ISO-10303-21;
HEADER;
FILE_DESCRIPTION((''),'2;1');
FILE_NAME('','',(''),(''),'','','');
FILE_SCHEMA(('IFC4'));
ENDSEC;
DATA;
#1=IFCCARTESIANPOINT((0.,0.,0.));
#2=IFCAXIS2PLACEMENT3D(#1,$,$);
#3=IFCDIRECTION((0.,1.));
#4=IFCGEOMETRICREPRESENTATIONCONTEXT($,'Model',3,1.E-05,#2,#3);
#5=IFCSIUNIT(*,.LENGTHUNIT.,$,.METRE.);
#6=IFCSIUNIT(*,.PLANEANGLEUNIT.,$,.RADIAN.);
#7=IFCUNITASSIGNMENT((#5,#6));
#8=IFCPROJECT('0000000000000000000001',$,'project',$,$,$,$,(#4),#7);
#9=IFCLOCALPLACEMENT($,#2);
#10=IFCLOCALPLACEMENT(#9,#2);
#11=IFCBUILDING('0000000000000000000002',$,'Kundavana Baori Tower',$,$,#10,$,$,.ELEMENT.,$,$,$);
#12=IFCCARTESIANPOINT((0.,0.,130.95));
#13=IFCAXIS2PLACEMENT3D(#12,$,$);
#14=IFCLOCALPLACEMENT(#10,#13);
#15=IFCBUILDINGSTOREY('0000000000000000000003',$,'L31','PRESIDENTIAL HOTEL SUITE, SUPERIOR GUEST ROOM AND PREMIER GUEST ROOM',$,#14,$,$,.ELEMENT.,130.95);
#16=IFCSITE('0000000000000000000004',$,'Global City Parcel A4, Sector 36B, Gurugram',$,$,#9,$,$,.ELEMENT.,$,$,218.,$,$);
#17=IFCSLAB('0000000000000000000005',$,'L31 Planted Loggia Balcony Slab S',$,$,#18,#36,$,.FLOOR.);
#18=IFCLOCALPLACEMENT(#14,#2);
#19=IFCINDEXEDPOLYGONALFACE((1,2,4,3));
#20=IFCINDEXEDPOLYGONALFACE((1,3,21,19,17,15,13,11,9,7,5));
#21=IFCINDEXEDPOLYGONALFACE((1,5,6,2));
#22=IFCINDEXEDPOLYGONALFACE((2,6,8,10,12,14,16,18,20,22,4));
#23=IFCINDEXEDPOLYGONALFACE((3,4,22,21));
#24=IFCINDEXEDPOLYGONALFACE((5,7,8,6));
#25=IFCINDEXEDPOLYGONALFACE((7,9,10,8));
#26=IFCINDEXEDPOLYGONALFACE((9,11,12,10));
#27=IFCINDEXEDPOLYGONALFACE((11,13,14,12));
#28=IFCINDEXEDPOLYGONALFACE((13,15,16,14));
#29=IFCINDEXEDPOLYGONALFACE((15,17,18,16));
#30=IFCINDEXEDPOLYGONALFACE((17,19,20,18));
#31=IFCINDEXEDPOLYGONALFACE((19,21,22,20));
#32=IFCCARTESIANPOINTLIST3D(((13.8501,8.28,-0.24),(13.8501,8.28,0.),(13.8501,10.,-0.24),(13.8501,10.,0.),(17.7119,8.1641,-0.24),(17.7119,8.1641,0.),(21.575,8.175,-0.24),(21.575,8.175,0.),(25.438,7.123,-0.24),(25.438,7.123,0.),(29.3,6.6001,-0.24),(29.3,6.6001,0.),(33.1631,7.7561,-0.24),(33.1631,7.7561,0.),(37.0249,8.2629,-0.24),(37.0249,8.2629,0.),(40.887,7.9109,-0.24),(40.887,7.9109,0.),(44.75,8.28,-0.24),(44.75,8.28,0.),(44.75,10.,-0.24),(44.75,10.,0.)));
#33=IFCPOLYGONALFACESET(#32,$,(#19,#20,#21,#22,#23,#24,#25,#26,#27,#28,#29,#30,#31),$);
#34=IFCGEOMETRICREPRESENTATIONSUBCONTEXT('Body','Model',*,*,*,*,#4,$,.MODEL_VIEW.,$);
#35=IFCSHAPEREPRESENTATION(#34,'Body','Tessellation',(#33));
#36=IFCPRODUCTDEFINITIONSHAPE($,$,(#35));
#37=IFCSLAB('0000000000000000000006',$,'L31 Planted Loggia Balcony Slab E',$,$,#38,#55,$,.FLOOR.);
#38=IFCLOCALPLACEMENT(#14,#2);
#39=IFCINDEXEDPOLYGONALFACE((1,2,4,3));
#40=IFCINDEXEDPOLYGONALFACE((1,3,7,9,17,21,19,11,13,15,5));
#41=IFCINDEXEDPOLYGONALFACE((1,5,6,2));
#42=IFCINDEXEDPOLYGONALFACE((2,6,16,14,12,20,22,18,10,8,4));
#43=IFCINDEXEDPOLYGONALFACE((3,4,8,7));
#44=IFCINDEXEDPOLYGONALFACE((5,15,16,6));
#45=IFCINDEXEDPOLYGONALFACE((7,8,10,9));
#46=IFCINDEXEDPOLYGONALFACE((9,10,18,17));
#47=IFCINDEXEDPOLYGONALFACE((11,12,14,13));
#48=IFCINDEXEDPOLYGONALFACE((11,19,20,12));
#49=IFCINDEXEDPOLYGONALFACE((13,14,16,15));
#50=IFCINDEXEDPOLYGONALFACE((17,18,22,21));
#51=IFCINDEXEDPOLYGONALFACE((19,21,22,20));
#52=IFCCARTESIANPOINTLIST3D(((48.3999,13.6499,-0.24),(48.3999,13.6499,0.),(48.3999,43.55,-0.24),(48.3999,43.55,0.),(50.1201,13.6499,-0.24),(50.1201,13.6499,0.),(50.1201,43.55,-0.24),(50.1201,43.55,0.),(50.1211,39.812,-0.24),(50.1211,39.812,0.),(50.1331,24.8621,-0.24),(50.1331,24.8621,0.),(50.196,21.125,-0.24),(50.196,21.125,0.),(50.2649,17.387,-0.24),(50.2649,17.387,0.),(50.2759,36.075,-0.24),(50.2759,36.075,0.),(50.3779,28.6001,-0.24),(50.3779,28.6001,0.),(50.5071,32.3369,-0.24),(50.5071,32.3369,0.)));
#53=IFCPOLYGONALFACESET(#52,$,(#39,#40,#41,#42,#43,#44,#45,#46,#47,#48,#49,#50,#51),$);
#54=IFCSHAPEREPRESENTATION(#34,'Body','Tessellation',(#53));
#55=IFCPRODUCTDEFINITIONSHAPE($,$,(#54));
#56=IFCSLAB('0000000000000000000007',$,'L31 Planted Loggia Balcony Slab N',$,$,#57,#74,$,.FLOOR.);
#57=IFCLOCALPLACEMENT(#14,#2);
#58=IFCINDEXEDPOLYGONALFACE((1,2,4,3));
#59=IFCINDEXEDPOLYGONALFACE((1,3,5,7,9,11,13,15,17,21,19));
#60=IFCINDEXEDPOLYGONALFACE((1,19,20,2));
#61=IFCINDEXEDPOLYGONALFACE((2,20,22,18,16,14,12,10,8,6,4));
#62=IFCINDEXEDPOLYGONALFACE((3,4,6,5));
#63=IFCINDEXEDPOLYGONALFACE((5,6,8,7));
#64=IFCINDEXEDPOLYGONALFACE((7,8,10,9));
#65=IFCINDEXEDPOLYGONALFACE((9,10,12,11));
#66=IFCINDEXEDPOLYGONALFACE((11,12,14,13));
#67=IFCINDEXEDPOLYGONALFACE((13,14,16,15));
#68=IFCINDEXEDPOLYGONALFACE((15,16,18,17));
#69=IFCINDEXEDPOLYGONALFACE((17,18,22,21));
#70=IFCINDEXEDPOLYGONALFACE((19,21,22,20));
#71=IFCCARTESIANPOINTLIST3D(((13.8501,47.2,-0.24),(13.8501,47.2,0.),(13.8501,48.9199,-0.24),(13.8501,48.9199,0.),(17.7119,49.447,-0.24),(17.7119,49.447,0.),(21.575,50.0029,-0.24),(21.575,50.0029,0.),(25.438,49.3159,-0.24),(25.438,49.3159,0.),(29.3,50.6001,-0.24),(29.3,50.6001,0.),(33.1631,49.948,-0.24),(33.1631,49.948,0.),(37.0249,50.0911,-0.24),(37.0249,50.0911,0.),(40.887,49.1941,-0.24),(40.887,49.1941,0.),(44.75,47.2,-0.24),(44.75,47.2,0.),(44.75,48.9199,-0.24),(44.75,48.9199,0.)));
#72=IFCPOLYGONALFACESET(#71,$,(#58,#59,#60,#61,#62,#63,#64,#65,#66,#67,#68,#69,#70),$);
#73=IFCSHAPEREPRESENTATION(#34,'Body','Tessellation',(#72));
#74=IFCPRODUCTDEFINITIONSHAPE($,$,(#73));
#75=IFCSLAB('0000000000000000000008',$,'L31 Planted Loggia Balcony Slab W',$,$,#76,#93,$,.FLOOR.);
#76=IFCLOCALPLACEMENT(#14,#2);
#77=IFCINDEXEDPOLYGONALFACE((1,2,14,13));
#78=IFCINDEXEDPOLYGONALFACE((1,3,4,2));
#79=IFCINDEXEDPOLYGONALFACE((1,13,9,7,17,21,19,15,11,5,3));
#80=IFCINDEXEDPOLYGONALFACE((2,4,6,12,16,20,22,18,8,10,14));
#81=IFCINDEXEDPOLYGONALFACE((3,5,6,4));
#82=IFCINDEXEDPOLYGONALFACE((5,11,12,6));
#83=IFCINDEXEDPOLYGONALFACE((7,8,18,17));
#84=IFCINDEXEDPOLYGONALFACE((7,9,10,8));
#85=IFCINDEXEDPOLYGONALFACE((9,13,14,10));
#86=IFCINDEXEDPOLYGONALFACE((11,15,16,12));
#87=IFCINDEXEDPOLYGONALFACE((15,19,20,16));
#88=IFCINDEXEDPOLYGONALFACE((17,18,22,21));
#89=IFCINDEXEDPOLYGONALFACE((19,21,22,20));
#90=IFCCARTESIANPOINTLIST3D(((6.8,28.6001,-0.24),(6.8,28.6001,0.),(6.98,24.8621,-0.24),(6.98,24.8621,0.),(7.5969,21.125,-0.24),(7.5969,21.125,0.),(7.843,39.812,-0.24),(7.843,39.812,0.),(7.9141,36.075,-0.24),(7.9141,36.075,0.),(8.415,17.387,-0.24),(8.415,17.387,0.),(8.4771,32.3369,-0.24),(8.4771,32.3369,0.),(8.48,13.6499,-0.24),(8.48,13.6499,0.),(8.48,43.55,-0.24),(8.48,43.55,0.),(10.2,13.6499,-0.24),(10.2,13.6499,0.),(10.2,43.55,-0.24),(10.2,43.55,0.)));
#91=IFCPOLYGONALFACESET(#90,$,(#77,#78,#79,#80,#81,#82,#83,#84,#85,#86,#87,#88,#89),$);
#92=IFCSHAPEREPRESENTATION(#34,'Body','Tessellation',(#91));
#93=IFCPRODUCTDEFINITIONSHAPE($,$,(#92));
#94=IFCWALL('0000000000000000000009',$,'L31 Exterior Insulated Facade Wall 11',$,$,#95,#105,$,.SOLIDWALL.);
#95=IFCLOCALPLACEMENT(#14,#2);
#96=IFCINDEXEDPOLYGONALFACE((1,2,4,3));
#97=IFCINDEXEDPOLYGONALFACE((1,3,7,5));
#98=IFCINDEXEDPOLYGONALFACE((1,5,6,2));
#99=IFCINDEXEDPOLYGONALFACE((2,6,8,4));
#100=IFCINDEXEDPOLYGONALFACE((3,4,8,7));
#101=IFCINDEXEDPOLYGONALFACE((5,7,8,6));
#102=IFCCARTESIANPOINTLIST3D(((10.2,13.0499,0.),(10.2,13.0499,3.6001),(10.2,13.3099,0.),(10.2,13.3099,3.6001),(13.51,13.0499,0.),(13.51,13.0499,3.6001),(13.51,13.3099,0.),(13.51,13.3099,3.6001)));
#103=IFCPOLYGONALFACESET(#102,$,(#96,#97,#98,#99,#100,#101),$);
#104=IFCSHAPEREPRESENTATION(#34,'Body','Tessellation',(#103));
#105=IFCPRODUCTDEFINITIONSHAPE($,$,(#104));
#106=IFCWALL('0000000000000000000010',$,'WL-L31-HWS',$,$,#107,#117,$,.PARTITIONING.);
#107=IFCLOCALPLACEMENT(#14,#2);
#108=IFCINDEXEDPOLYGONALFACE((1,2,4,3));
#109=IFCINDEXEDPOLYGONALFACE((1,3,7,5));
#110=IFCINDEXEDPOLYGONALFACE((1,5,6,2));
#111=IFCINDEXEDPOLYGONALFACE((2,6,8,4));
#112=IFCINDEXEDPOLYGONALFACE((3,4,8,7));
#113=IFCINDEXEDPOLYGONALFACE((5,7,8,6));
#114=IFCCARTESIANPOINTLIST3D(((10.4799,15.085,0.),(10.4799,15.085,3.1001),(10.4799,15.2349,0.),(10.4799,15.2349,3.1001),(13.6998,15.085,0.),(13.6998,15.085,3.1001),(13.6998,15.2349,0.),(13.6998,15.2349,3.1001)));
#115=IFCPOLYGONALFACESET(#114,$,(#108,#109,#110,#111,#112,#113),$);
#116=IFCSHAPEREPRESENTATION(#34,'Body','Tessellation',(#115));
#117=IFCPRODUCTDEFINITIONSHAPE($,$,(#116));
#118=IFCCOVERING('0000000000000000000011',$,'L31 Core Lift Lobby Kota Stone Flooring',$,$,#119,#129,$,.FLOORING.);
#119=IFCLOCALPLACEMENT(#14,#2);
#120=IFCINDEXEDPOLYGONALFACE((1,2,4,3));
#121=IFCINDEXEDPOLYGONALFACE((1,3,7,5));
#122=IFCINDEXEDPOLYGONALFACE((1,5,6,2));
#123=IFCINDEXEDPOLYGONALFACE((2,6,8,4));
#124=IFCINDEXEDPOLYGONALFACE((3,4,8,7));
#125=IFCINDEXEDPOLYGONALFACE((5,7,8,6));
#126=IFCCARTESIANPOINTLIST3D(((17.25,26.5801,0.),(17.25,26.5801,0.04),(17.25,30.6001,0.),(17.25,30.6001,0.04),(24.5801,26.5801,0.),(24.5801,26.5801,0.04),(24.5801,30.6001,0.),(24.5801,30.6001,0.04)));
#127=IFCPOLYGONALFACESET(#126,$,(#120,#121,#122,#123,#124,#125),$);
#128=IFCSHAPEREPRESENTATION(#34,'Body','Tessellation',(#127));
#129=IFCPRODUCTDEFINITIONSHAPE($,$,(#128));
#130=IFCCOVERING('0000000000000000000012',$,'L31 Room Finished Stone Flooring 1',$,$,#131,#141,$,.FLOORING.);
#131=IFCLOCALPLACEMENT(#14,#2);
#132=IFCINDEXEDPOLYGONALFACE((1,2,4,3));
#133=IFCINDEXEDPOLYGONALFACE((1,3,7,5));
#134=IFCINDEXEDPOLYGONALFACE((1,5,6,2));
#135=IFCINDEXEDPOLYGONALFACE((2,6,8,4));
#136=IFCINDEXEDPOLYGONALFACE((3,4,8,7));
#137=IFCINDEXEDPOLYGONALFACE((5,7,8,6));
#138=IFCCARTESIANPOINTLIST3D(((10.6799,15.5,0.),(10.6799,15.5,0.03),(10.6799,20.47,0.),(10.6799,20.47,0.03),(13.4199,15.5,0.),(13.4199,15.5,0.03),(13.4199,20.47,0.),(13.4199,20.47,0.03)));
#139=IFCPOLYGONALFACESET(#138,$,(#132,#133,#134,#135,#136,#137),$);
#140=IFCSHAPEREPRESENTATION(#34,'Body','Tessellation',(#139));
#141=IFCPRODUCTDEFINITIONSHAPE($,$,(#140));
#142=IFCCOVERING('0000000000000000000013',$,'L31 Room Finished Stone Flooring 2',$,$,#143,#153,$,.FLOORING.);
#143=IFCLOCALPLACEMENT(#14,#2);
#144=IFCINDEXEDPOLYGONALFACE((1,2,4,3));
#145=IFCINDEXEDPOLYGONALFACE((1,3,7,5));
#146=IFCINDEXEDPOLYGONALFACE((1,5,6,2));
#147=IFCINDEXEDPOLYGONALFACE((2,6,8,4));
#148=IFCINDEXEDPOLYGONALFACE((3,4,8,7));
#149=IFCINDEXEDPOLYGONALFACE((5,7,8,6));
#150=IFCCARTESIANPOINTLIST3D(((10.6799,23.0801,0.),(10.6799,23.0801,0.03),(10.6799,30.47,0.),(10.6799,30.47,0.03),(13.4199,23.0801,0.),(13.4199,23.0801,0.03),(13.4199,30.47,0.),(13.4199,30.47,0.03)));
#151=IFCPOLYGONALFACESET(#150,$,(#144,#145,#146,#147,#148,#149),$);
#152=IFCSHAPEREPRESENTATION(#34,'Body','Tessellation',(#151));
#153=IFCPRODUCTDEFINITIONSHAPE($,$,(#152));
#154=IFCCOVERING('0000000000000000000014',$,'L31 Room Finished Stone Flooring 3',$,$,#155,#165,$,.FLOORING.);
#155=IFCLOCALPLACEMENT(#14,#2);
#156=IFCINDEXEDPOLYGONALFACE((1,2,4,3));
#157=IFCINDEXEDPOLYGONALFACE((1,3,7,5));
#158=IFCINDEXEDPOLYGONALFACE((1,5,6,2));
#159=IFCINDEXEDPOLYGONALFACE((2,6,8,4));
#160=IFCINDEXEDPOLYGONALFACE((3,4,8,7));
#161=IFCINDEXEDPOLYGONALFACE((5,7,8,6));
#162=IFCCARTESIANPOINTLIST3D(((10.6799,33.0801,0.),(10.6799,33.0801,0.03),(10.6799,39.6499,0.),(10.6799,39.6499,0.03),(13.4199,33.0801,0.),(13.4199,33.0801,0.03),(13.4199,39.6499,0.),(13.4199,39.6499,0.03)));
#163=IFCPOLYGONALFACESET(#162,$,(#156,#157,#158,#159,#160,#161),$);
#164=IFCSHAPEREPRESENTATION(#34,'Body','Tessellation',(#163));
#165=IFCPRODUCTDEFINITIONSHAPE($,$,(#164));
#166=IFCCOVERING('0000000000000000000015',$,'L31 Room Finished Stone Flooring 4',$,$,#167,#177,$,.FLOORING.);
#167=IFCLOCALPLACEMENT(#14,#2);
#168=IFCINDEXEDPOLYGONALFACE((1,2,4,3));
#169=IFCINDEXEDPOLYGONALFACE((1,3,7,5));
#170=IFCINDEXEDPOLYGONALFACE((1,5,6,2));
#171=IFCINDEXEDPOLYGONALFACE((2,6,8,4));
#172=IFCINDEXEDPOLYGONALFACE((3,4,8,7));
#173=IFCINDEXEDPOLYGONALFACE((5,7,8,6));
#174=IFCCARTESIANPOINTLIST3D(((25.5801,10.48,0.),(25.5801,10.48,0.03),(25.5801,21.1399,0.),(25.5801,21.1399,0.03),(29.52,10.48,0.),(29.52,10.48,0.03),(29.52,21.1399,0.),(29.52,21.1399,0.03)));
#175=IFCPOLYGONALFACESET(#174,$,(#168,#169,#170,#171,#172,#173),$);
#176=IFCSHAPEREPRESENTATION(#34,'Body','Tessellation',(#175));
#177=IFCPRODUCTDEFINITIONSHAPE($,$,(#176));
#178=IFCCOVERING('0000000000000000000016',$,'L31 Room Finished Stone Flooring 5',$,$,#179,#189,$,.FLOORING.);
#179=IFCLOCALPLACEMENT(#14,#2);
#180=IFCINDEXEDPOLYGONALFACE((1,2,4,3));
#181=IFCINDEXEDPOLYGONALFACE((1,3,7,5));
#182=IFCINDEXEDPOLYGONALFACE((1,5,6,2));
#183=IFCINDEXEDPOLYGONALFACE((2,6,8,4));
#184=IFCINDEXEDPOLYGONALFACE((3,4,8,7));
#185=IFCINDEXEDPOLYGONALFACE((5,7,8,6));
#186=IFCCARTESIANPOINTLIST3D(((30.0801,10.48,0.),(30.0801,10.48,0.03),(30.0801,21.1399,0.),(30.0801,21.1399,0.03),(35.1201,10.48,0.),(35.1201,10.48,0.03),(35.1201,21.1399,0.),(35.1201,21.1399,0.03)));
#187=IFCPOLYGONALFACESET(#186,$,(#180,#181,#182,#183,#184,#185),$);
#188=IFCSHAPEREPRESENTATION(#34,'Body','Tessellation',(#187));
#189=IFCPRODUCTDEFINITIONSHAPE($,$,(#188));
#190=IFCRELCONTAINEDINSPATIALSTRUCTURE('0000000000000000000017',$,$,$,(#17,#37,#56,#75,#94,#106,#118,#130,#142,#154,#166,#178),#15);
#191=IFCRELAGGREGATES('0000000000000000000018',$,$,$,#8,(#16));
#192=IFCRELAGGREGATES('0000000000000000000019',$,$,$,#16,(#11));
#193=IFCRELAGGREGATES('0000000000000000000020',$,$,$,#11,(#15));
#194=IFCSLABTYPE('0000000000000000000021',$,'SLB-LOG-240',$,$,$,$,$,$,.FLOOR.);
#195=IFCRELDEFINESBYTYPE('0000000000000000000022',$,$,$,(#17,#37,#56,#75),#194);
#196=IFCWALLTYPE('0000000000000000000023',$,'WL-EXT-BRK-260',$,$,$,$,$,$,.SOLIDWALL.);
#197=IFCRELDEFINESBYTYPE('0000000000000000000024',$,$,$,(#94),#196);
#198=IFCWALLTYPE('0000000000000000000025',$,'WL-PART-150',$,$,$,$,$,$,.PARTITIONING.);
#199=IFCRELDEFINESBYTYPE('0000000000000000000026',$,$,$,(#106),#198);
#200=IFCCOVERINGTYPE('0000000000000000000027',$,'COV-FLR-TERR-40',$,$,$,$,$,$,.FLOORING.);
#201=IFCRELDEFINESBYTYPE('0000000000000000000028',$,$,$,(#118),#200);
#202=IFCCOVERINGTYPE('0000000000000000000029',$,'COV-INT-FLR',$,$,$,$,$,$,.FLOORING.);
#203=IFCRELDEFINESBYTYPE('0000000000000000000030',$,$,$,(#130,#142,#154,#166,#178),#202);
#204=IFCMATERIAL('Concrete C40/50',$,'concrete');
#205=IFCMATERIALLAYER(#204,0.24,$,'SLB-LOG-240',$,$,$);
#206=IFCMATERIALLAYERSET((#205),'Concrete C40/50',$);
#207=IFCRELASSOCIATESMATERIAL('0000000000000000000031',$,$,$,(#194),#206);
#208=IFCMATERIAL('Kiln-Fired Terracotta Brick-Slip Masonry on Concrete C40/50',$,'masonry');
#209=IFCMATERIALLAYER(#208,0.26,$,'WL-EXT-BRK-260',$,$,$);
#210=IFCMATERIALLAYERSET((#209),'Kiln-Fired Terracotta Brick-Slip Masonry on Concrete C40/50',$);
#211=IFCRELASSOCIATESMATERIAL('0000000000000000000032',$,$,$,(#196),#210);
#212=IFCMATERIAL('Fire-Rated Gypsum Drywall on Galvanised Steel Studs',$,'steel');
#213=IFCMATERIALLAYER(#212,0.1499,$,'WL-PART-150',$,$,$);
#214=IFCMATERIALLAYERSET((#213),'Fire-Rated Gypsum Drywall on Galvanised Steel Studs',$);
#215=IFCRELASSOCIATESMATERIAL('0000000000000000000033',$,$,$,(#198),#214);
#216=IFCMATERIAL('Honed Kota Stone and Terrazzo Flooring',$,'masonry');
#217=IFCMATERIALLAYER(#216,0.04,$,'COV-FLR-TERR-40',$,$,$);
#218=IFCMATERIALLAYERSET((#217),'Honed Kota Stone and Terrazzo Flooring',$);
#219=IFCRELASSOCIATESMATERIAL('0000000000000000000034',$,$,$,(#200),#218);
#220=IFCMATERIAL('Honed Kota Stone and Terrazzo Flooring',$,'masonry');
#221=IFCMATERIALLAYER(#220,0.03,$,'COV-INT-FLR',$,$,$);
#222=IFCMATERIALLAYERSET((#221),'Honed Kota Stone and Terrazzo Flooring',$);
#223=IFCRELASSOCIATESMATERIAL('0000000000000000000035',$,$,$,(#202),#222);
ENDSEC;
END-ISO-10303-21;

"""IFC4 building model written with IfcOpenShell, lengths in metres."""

from ifc_helpers import new_model, si_unit, direction, frame, frame_2d, origin, place, context, subcontext, project, spatial, polyline, rectangle, outline, extrude, material, layer, layer_set, type_object, element, save


model = new_model("IFC4")

# Units and contexts
model_context = context("Model", 3, precision=1e-05, world=origin(), true_north=direction((0.0, 1.0)))
body_context = subcontext(model_context, "Body", "Model", "MODEL_VIEW")
ifc_project = project(units=[si_unit("LENGTHUNIT", "METRE"), si_unit("PLANEANGLEUNIT", "RADIAN")], contexts=[model_context])

# Site, building, storey
site_placement = place(None, origin())
site = spatial("IfcSite", under=ifc_project, at=site_placement, Name="Global City Parcel A4, Sector 36B, Gurugram", CompositionType="ELEMENT", RefElevation=218.0)
building_placement = place(site_placement, origin())
building = spatial("IfcBuilding", under=site, at=building_placement, Name="Kundavana Baori Tower", CompositionType="ELEMENT")
storey_placement = place(building_placement, frame((0.0, 0.0, 130.95)))
storey = spatial("IfcBuildingStorey", under=building, at=storey_placement, Name="L31", Description="PRESIDENTIAL HOTEL SUITE, SUPERIOR GUEST ROOM AND PREMIER GUEST ROOM", CompositionType="ELEMENT", Elevation=130.95)

# Slabs
ifc_material_1 = material(Name="Concrete C40/50", Category="concrete")
ifc_layer_1 = layer(ifc_material_1, 0.24, Name="SLB-LOG-240")
ifc_layer_set_1 = layer_set([ifc_layer_1], Name="Concrete C40/50")
slab_type_1 = type_object("IfcSlabType", Name="SLB-LOG-240", PredefinedType="FLOOR", material=ifc_layer_set_1)
slab_1_placement = place(storey_placement, frame((0.0, 0.0, -0.24)))
element("IfcSlab", 1, at=slab_1_placement, inside=storey, type_object=slab_type_1, Name="L31 Planted Loggia Balcony Slab S", PredefinedType="FLOOR", context=body_context, shape_type="SweptSolid", body=[
    extrude(outline(polyline([(13.8501, 10.0), (44.75, 10.0), (44.75, 8.28), (40.887, 7.9109), (37.0249, 8.2629), (33.1631, 7.7561), (29.3, 6.6001), (25.438, 7.123), (21.575, 8.175), (17.7119, 8.1641), (13.8501, 8.28), (13.8501, 10.0)])), origin(), (0.0, 0.0, 1.0), 0.24),
])
slab_2_placement = place(storey_placement, frame((0.0, 0.0, -0.24)))
element("IfcSlab", 2, at=slab_2_placement, inside=storey, type_object=slab_type_1, Name="L31 Planted Loggia Balcony Slab E", PredefinedType="FLOOR", context=body_context, shape_type="SweptSolid", body=[
    extrude(outline(polyline([(48.3999, 13.6499), (48.3999, 43.55), (50.1201, 43.55), (50.1211, 39.812), (50.2759, 36.075), (50.5071, 32.3369), (50.3779, 28.6001), (50.1331, 24.8621), (50.196, 21.125), (50.2649, 17.387), (50.1201, 13.6499), (48.3999, 13.6499)])), origin(), (0.0, 0.0, 1.0), 0.24),
])
slab_3_placement = place(storey_placement, frame((0.0, 0.0, -0.24)))
element("IfcSlab", 3, at=slab_3_placement, inside=storey, type_object=slab_type_1, Name="L31 Planted Loggia Balcony Slab N", PredefinedType="FLOOR", context=body_context, shape_type="SweptSolid", body=[
    extrude(outline(polyline([(44.75, 47.2), (13.8501, 47.2), (13.8501, 48.9199), (17.7119, 49.447), (21.575, 50.0029), (25.438, 49.3159), (29.3, 50.6001), (33.1631, 49.948), (37.0249, 50.0911), (40.887, 49.1941), (44.75, 48.9199), (44.75, 47.2)])), origin(), (0.0, 0.0, 1.0), 0.24),
])
slab_4_placement = place(storey_placement, frame((0.0, 0.0, -0.24)))
element("IfcSlab", 4, at=slab_4_placement, inside=storey, type_object=slab_type_1, Name="L31 Planted Loggia Balcony Slab W", PredefinedType="FLOOR", context=body_context, shape_type="SweptSolid", body=[
    extrude(outline(polyline([(10.2, 43.55), (10.2, 13.6499), (8.48, 13.6499), (8.415, 17.387), (7.5969, 21.125), (6.98, 24.8621), (6.8, 28.6001), (8.4771, 32.3369), (7.9141, 36.075), (7.843, 39.812), (8.48, 43.55), (10.2, 43.55)])), origin(), (0.0, 0.0, 1.0), 0.24),
])

# Walls
ifc_material_2 = material(Name="Kiln-Fired Terracotta Brick-Slip Masonry on Concrete C40/50", Category="masonry")
ifc_layer_2 = layer(ifc_material_2, 0.26, Name="WL-EXT-BRK-260")
ifc_layer_set_2 = layer_set([ifc_layer_2], Name="Kiln-Fired Terracotta Brick-Slip Masonry on Concrete C40/50")
wall_type_1 = type_object("IfcWallType", Name="WL-EXT-BRK-260", PredefinedType="SOLIDWALL", material=ifc_layer_set_2)
wall_1_placement = place(storey_placement, frame((10.2, 13.1799, 0.0), z_axis=(0.0, 0.0, 1.0), x_axis=(1.0, 0.0, 0.0)))
element("IfcWall", 5, at=wall_1_placement, inside=storey, type_object=wall_type_1, Name="L31 Exterior Insulated Facade Wall 11", PredefinedType="SOLIDWALL", context=body_context, shape_type="SweptSolid", body=[
    extrude(rectangle(XDim=3.3101, YDim=0.26, at=frame_2d((1.655, 0.0))), origin(), (0.0, 0.0, 1.0), 3.6001),
])
ifc_material_3 = material(Name="Fire-Rated Gypsum Drywall on Galvanised Steel Studs", Category="steel")
ifc_layer_3 = layer(ifc_material_3, 0.1499, Name="WL-PART-150")
ifc_layer_set_3 = layer_set([ifc_layer_3], Name="Fire-Rated Gypsum Drywall on Galvanised Steel Studs")
wall_type_2 = type_object("IfcWallType", Name="WL-PART-150", PredefinedType="PARTITIONING", material=ifc_layer_set_3)
wall_2_placement = place(storey_placement, frame((10.48, 15.1599, 0.0), z_axis=(0.0, 0.0, 1.0), x_axis=(1.0, 0.0, 0.0)))
element("IfcWall", 6, at=wall_2_placement, inside=storey, type_object=wall_type_2, Name="WL-L31-HWS", PredefinedType="PARTITIONING", context=body_context, shape_type="SweptSolid", body=[
    extrude(rectangle(XDim=3.22, YDim=0.1499, at=frame_2d((1.6099, 0.0))), origin(), (0.0, 0.0, 1.0), 3.1001),
])

# Coverings
ifc_material_4 = material(Name="Honed Kota Stone and Terrazzo Flooring", Category="masonry")
ifc_layer_4 = layer(ifc_material_4, 0.04, Name="COV-FLR-TERR-40")
ifc_layer_set_4 = layer_set([ifc_layer_4], Name="Honed Kota Stone and Terrazzo Flooring")
covering_type_1 = type_object("IfcCoveringType", Name="COV-FLR-TERR-40", PredefinedType="FLOORING", material=ifc_layer_set_4)
covering_1_placement = place(storey_placement, origin())
element("IfcCovering", 7, at=covering_1_placement, inside=storey, type_object=covering_type_1, Name="L31 Core Lift Lobby Kota Stone Flooring", PredefinedType="FLOORING", context=body_context, shape_type="SweptSolid", body=[
    extrude(outline(polyline([(17.25, 26.5801), (24.5801, 26.5801), (24.5801, 30.6001), (17.25, 30.6001), (17.25, 26.5801)])), origin(), (0.0, 0.0, 1.0), 0.04),
])
ifc_material_5 = material(Name="Honed Kota Stone and Terrazzo Flooring", Category="masonry")
ifc_layer_5 = layer(ifc_material_5, 0.03, Name="COV-INT-FLR")
ifc_layer_set_5 = layer_set([ifc_layer_5], Name="Honed Kota Stone and Terrazzo Flooring")
covering_type_2 = type_object("IfcCoveringType", Name="COV-INT-FLR", PredefinedType="FLOORING", material=ifc_layer_set_5)
covering_2_placement = place(storey_placement, origin())
element("IfcCovering", 8, at=covering_2_placement, inside=storey, type_object=covering_type_2, Name="L31 Room Finished Stone Flooring 1", PredefinedType="FLOORING", context=body_context, shape_type="SweptSolid", body=[
    extrude(outline(polyline([(10.6799, 15.5), (13.4199, 15.5), (13.4199, 20.47), (10.6799, 20.47), (10.6799, 15.5)])), origin(), (0.0, 0.0, 1.0), 0.03),
])
covering_3_placement = place(storey_placement, origin())
element("IfcCovering", 9, at=covering_3_placement, inside=storey, type_object=covering_type_2, Name="L31 Room Finished Stone Flooring 2", PredefinedType="FLOORING", context=body_context, shape_type="SweptSolid", body=[
    extrude(outline(polyline([(10.6799, 23.0801), (13.4199, 23.0801), (13.4199, 30.47), (10.6799, 30.47), (10.6799, 23.0801)])), origin(), (0.0, 0.0, 1.0), 0.03),
])
covering_4_placement = place(storey_placement, origin())
element("IfcCovering", 10, at=covering_4_placement, inside=storey, type_object=covering_type_2, Name="L31 Room Finished Stone Flooring 3", PredefinedType="FLOORING", context=body_context, shape_type="SweptSolid", body=[
    extrude(outline(polyline([(10.6799, 33.0801), (13.4199, 33.0801), (13.4199, 39.6499), (10.6799, 39.6499), (10.6799, 33.0801)])), origin(), (0.0, 0.0, 1.0), 0.03),
])
covering_5_placement = place(storey_placement, origin())
element("IfcCovering", 11, at=covering_5_placement, inside=storey, type_object=covering_type_2, Name="L31 Room Finished Stone Flooring 4", PredefinedType="FLOORING", context=body_context, shape_type="SweptSolid", body=[
    extrude(outline(polyline([(25.5801, 10.48), (29.52, 10.48), (29.52, 21.1399), (25.5801, 21.1399), (25.5801, 10.48)])), origin(), (0.0, 0.0, 1.0), 0.03),
])
covering_6_placement = place(storey_placement, origin())
element("IfcCovering", 12, at=covering_6_placement, inside=storey, type_object=covering_type_2, Name="L31 Room Finished Stone Flooring 5", PredefinedType="FLOORING", context=body_context, shape_type="SweptSolid", body=[
    extrude(outline(polyline([(30.0801, 10.48), (35.1201, 10.48), (35.1201, 21.1399), (30.0801, 21.1399), (30.0801, 10.48)])), origin(), (0.0, 0.0, 1.0), 0.03),
])

save(model, "model.ifc")
